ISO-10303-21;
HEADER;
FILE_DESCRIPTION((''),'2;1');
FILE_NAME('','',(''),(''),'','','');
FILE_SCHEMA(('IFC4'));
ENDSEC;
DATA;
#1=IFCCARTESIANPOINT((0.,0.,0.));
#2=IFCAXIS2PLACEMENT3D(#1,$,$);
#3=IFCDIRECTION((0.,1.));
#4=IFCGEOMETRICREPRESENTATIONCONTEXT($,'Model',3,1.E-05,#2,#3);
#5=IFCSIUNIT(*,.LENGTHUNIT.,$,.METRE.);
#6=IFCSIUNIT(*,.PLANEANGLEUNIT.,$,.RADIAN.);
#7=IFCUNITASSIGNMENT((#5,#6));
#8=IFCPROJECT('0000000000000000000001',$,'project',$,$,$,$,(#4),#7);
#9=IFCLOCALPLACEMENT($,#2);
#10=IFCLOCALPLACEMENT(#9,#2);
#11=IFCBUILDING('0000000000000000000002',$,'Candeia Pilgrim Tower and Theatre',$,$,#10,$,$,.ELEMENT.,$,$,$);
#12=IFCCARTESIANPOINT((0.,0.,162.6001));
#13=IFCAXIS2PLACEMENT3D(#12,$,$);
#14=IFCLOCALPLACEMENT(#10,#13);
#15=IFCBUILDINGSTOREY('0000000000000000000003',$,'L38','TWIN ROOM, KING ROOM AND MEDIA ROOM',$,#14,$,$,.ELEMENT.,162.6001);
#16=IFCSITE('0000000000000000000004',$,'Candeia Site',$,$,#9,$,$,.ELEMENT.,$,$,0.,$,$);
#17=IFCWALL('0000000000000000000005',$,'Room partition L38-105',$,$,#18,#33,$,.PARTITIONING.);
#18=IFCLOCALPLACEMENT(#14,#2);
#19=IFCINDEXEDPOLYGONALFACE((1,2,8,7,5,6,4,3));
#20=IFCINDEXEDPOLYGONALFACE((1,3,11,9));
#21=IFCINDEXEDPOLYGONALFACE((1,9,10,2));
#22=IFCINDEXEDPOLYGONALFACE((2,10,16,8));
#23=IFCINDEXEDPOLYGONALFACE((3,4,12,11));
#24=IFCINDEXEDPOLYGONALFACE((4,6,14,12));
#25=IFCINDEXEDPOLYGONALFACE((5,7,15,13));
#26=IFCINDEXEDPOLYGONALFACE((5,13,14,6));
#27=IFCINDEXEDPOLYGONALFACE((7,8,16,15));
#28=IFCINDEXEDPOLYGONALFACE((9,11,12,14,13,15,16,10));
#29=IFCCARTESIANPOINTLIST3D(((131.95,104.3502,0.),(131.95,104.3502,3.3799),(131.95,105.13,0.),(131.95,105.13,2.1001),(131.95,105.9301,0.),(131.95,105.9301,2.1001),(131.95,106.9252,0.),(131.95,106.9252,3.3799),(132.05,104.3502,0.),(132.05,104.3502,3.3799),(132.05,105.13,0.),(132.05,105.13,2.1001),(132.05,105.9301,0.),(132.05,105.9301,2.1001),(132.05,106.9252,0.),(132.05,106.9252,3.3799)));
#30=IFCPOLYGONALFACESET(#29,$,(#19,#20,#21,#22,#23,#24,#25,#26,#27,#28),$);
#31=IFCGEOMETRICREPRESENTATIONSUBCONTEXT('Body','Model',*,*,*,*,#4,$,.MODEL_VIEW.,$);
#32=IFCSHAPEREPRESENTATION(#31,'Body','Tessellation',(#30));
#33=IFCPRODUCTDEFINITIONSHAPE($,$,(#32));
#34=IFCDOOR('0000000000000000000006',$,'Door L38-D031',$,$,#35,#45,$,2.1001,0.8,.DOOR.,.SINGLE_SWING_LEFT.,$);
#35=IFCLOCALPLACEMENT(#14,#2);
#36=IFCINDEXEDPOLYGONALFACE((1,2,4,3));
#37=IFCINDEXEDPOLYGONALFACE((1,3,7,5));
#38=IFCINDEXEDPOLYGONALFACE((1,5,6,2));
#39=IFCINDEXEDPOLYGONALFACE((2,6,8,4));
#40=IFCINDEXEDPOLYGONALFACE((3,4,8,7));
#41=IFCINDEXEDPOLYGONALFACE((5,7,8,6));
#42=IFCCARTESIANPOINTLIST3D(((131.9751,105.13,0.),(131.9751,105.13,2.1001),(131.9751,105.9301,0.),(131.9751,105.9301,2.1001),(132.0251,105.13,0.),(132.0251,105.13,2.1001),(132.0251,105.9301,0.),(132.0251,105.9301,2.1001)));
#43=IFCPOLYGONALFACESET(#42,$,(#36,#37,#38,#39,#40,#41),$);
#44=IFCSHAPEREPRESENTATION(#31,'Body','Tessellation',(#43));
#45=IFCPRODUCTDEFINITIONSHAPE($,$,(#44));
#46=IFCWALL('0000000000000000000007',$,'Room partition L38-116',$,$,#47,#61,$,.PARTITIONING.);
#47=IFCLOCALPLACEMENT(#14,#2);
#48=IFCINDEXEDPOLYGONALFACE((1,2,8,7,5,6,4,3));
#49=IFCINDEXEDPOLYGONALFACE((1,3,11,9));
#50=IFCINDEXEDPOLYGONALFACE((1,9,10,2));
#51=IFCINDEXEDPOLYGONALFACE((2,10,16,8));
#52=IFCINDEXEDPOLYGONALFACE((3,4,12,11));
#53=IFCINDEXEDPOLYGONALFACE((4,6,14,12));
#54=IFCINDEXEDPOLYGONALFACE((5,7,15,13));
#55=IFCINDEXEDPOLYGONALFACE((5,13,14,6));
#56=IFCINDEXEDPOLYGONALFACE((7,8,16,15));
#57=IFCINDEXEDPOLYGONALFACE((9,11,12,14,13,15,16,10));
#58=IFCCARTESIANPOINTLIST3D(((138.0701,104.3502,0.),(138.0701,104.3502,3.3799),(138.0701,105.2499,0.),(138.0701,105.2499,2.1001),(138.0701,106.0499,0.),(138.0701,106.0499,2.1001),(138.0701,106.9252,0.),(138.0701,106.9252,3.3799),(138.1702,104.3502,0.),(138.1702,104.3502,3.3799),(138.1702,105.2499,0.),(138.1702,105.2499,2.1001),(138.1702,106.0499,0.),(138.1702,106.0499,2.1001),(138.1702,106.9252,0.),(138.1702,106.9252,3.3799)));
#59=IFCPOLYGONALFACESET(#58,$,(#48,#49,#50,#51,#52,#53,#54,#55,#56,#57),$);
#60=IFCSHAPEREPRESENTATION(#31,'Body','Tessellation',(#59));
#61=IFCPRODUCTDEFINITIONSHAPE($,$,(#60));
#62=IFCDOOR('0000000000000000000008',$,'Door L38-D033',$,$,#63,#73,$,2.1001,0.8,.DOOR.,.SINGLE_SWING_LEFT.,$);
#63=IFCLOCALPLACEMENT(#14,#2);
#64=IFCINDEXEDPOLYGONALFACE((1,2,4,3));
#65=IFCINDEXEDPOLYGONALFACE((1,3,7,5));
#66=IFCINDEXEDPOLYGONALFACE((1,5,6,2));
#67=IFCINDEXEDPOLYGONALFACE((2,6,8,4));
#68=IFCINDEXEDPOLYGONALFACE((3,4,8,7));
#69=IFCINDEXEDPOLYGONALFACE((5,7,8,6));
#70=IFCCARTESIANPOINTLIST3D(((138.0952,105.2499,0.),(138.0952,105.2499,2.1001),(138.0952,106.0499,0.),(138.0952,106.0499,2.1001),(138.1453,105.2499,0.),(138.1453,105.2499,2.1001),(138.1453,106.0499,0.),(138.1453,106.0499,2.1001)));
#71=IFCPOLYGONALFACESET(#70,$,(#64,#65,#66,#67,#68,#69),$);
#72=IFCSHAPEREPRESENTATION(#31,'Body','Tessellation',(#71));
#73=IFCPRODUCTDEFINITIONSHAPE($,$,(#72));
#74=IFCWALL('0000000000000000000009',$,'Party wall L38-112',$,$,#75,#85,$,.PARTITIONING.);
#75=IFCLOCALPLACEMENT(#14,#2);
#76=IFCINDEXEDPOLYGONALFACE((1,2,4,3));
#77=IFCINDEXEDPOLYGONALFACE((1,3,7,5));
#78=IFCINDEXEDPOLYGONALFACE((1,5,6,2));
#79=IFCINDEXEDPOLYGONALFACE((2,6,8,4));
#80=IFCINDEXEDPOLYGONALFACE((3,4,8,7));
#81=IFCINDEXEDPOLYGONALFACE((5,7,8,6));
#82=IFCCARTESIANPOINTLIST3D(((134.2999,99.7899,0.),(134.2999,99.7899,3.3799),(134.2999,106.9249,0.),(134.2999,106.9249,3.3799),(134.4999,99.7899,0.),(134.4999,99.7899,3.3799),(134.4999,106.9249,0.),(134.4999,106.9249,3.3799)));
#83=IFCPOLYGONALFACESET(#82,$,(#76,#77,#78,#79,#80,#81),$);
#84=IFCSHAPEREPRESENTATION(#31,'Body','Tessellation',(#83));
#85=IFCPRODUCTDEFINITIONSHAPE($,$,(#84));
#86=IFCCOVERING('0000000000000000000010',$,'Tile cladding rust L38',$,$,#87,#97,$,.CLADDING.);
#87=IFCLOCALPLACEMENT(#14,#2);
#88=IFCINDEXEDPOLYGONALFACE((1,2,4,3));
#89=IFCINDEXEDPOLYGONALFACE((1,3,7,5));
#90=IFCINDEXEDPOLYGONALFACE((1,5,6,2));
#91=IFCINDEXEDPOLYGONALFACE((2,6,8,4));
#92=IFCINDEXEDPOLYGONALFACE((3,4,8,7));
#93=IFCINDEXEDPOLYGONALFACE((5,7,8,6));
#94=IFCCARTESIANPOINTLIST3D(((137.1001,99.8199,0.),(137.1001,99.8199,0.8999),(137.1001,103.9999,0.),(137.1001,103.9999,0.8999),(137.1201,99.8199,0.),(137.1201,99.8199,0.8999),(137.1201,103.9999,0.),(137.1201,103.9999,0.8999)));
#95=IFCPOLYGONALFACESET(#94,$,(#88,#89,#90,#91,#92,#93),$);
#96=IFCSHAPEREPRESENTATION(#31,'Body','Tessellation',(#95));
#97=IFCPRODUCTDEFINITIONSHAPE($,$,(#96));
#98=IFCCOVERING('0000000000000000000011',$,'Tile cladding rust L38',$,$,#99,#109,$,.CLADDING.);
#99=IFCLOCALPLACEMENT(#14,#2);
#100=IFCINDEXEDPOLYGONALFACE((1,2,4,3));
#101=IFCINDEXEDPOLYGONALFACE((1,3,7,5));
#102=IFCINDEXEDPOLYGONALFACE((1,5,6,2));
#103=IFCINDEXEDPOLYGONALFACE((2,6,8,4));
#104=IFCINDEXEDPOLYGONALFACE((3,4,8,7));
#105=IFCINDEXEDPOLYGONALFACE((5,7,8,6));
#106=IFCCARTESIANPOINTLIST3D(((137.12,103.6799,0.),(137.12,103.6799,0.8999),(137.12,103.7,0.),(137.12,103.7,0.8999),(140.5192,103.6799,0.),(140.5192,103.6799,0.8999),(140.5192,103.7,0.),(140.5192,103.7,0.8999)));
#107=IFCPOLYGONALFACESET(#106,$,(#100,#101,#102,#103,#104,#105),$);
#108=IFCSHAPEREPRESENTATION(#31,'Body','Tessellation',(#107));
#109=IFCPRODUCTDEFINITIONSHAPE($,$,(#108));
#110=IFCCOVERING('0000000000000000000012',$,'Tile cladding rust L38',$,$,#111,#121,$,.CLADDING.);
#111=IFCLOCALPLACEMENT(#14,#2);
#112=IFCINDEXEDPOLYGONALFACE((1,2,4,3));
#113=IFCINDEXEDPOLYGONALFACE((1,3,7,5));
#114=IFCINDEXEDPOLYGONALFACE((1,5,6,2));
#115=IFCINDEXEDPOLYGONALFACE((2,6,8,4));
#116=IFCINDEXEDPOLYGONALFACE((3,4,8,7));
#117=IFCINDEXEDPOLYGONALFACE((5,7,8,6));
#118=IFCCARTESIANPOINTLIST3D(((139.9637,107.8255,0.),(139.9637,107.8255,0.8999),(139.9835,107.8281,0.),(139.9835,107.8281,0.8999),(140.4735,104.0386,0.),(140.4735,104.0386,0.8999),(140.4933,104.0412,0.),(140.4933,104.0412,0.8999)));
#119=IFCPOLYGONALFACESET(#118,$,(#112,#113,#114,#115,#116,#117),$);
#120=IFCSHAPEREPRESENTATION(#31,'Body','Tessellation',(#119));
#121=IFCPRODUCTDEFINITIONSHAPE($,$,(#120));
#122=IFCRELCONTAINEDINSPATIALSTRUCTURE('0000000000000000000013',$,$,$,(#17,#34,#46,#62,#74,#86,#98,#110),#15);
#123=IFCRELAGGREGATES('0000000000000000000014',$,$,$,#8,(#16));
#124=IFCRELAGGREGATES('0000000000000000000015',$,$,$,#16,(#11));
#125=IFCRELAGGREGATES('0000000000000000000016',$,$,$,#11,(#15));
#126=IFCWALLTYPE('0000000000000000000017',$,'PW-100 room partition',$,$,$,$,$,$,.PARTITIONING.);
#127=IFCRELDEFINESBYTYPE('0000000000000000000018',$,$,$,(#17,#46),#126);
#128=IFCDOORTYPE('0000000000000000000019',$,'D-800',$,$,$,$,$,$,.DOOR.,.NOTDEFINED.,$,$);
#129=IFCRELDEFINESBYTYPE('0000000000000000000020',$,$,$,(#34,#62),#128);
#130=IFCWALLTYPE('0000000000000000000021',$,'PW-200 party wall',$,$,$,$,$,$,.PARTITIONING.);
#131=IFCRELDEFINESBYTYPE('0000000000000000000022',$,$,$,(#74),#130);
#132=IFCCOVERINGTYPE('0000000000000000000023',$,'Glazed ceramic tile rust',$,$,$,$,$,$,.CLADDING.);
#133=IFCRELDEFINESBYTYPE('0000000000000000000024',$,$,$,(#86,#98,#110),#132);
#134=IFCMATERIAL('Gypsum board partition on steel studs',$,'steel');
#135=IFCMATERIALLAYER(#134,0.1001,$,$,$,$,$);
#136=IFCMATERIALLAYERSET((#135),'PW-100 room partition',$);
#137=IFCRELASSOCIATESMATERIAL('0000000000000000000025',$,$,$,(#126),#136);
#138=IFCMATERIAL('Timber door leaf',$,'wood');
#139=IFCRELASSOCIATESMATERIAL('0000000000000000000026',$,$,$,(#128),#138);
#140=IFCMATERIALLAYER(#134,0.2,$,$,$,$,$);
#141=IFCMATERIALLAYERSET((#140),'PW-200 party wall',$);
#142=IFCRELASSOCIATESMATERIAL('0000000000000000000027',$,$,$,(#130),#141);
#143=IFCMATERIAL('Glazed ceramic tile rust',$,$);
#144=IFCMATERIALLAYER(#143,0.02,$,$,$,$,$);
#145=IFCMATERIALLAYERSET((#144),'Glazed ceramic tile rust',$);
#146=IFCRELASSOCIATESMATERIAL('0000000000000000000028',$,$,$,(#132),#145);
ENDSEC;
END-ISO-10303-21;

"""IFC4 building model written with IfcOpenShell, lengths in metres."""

from ifc_helpers import new_model, si_unit, direction, frame, frame_2d, origin, origin_2d, place, context, subcontext, project, spatial, rectangle, extrude, material, layer, layer_set, type_object, element, fill, save


model = new_model("IFC4")

# Units and contexts
model_context = context("Model", 3, precision=1e-05, world=origin(), true_north=direction((0.0, 1.0)))
body_context = subcontext(model_context, "Body", "Model", "MODEL_VIEW")
ifc_project = project(units=[si_unit("LENGTHUNIT", "METRE"), si_unit("PLANEANGLEUNIT", "RADIAN")], contexts=[model_context])

# Site, building, storey
site_placement = place(None, origin())
site = spatial("IfcSite", under=ifc_project, at=site_placement, Name="Candeia Site", CompositionType="ELEMENT", RefElevation=0.0)
building_placement = place(site_placement, origin())
building = spatial("IfcBuilding", under=site, at=building_placement, Name="Candeia Pilgrim Tower and Theatre", CompositionType="ELEMENT")
storey_placement = place(building_placement, frame((0.0, 0.0, 162.6001)))
storey = spatial("IfcBuildingStorey", under=building, at=storey_placement, Name="L38", Description="TWIN ROOM, KING ROOM AND MEDIA ROOM", CompositionType="ELEMENT", Elevation=162.6001)

# Shared definitions
ifc_material_1 = material(Name="Gypsum board partition on steel studs", Category="steel")
ifc_layer_1 = layer(ifc_material_1, 0.1001)
ifc_layer_set_1 = layer_set([ifc_layer_1], Name="PW-100 room partition")
wall_type_1 = type_object("IfcWallType", Name="PW-100 room partition", PredefinedType="PARTITIONING", material=ifc_layer_set_1)

# Walls, openings, doors
wall_1_placement = place(storey_placement, frame((132.0, 104.3501, 0.0), z_axis=(0.0, 0.0, 1.0), x_axis=(0.0, 1.0, 0.0)))
wall_1 = element("IfcWall", 1, at=wall_1_placement, inside=storey, type_object=wall_type_1, Name="Room partition L38-105", PredefinedType="PARTITIONING", context=body_context, shape_type="SweptSolid", body=[
    extrude(rectangle(XDim=2.575, YDim=0.1001, at=frame_2d((1.2876, 0.0))), origin(), (0.0, 0.0, 1.0), 3.3799),
])
opening_1_placement = place(wall_1_placement, frame((0.78, 0.0, 0.0)))
opening_1 = element("IfcOpeningElement", 2, at=opening_1_placement, cuts=wall_1, PredefinedType="OPENING", context=body_context, shape_type="SweptSolid", body=[
    extrude(rectangle(XDim=0.8, YDim=2.1001, at=frame_2d((0.3999, 1.05))), frame((0.0, 0.0601, 0.0), z_axis=(0.0, -1.0, 0.0), x_axis=(1.0, 0.0, 0.0)), (0.0, 0.0, 1.0), 0.1201),
])
ifc_material_2 = material(Name="Timber door leaf", Category="wood")
door_type_1 = type_object("IfcDoorType", Name="D-800", OperationType="NOTDEFINED", PredefinedType="DOOR", material=ifc_material_2)
door_1_placement = place(opening_1_placement, origin())
door_1 = element("IfcDoor", 3, at=door_1_placement, inside=storey, type_object=door_type_1, Name="Door L38-D031", OperationType="SINGLE_SWING_LEFT", OverallHeight=2.1001, OverallWidth=0.8, PredefinedType="DOOR", context=body_context, shape_type="SweptSolid", body=[
    extrude(rectangle(XDim=0.8, YDim=2.1001, at=frame_2d((0.3999, 1.05))), frame((0.0, 0.0249, 0.0), z_axis=(0.0, -1.0, 0.0), x_axis=(1.0, 0.0, 0.0)), (0.0, 0.0, 1.0), 0.05),
])
fill(opening_1, door_1)
wall_2_placement = place(storey_placement, frame((138.1201, 104.3501, 0.0), z_axis=(0.0, 0.0, 1.0), x_axis=(0.0, 1.0, 0.0)))
wall_2 = element("IfcWall", 4, at=wall_2_placement, inside=storey, type_object=wall_type_1, Name="Room partition L38-116", PredefinedType="PARTITIONING", context=body_context, shape_type="SweptSolid", body=[
    extrude(rectangle(XDim=2.575, YDim=0.1001, at=frame_2d((1.2876, 0.0))), origin(), (0.0, 0.0, 1.0), 3.3799),
])
opening_2_placement = place(wall_2_placement, frame((0.8999, 0.0, 0.0)))
opening_2 = element("IfcOpeningElement", 5, at=opening_2_placement, cuts=wall_2, PredefinedType="OPENING", context=body_context, shape_type="SweptSolid", body=[
    extrude(rectangle(XDim=0.8, YDim=2.1001, at=frame_2d((0.3999, 1.05))), frame((0.0, 0.0601, 0.0), z_axis=(0.0, -1.0, 0.0), x_axis=(1.0, 0.0, 0.0)), (0.0, 0.0, 1.0), 0.1201),
])
door_2_placement = place(opening_2_placement, origin())
door_2 = element("IfcDoor", 6, at=door_2_placement, inside=storey, type_object=door_type_1, Name="Door L38-D033", OperationType="SINGLE_SWING_LEFT", OverallHeight=2.1001, OverallWidth=0.8, PredefinedType="DOOR", context=body_context, shape_type="SweptSolid", body=[
    extrude(rectangle(XDim=0.8, YDim=2.1001, at=frame_2d((0.3999, 1.05))), frame((0.0, 0.0249, 0.0), z_axis=(0.0, -1.0, 0.0), x_axis=(1.0, 0.0, 0.0)), (0.0, 0.0, 1.0), 0.05),
])
fill(opening_2, door_2)

# Wall
ifc_layer_2 = layer(ifc_material_1, 0.2)
ifc_layer_set_2 = layer_set([ifc_layer_2], Name="PW-200 party wall")
wall_type_2 = type_object("IfcWallType", Name="PW-200 party wall", PredefinedType="PARTITIONING", material=ifc_layer_set_2)
wall_3_placement = place(storey_placement, frame((134.3999, 99.79, 0.0), z_axis=(0.0, 0.0, 1.0), x_axis=(0.0, 1.0, 0.0)))
element("IfcWall", 7, at=wall_3_placement, inside=storey, type_object=wall_type_2, Name="Party wall L38-112", PredefinedType="PARTITIONING", context=body_context, shape_type="SweptSolid", body=[
    extrude(rectangle(XDim=7.135, YDim=0.2, at=frame_2d((3.5674, 0.0))), origin(), (0.0, 0.0, 1.0), 3.3799),
])

# Coverings
ifc_material_3 = material(Name="Glazed ceramic tile rust")
ifc_layer_3 = layer(ifc_material_3, 0.02)
ifc_layer_set_3 = layer_set([ifc_layer_3], Name="Glazed ceramic tile rust")
covering_type = type_object("IfcCoveringType", Name="Glazed ceramic tile rust", PredefinedType="CLADDING", material=ifc_layer_set_3)
covering_1_placement = place(storey_placement, frame((137.1101, 101.9099, 0.0), z_axis=(0.0, 0.0, 1.0), x_axis=(0.0, 1.0, 0.0)))
element("IfcCovering", 8, at=covering_1_placement, inside=storey, type_object=covering_type, Name="Tile cladding rust L38", PredefinedType="CLADDING", context=body_context, shape_type="SweptSolid", body=[
    extrude(rectangle(XDim=4.1799, YDim=0.02, at=origin_2d()), origin(), (0.0, 0.0, 1.0), 0.8999),
])
covering_2_placement = place(storey_placement, frame((138.8196, 103.6899, 0.0), z_axis=(0.0, 0.0, 1.0), x_axis=(1.0, 0.0, 0.0)))
element("IfcCovering", 9, at=covering_2_placement, inside=storey, type_object=covering_type, Name="Tile cladding rust L38", PredefinedType="CLADDING", context=body_context, shape_type="SweptSolid", body=[
    extrude(rectangle(XDim=3.3992, YDim=0.02, at=origin_2d()), origin(), (0.0, 0.0, 1.0), 0.8999),
])
covering_3_placement = place(storey_placement, frame((140.2285, 105.9333, 0.0), z_axis=(0.0, 0.0, 1.0), x_axis=(-0.133412, 0.991061, 0.0)))
element("IfcCovering", 10, at=covering_3_placement, inside=storey, type_object=covering_type, Name="Tile cladding rust L38", PredefinedType="CLADDING", context=body_context, shape_type="SweptSolid", body=[
    extrude(rectangle(XDim=3.821, YDim=0.02, at=origin_2d()), origin(), (0.0, 0.0, 1.0), 0.8999),
])

save(model, "model.ifc")
